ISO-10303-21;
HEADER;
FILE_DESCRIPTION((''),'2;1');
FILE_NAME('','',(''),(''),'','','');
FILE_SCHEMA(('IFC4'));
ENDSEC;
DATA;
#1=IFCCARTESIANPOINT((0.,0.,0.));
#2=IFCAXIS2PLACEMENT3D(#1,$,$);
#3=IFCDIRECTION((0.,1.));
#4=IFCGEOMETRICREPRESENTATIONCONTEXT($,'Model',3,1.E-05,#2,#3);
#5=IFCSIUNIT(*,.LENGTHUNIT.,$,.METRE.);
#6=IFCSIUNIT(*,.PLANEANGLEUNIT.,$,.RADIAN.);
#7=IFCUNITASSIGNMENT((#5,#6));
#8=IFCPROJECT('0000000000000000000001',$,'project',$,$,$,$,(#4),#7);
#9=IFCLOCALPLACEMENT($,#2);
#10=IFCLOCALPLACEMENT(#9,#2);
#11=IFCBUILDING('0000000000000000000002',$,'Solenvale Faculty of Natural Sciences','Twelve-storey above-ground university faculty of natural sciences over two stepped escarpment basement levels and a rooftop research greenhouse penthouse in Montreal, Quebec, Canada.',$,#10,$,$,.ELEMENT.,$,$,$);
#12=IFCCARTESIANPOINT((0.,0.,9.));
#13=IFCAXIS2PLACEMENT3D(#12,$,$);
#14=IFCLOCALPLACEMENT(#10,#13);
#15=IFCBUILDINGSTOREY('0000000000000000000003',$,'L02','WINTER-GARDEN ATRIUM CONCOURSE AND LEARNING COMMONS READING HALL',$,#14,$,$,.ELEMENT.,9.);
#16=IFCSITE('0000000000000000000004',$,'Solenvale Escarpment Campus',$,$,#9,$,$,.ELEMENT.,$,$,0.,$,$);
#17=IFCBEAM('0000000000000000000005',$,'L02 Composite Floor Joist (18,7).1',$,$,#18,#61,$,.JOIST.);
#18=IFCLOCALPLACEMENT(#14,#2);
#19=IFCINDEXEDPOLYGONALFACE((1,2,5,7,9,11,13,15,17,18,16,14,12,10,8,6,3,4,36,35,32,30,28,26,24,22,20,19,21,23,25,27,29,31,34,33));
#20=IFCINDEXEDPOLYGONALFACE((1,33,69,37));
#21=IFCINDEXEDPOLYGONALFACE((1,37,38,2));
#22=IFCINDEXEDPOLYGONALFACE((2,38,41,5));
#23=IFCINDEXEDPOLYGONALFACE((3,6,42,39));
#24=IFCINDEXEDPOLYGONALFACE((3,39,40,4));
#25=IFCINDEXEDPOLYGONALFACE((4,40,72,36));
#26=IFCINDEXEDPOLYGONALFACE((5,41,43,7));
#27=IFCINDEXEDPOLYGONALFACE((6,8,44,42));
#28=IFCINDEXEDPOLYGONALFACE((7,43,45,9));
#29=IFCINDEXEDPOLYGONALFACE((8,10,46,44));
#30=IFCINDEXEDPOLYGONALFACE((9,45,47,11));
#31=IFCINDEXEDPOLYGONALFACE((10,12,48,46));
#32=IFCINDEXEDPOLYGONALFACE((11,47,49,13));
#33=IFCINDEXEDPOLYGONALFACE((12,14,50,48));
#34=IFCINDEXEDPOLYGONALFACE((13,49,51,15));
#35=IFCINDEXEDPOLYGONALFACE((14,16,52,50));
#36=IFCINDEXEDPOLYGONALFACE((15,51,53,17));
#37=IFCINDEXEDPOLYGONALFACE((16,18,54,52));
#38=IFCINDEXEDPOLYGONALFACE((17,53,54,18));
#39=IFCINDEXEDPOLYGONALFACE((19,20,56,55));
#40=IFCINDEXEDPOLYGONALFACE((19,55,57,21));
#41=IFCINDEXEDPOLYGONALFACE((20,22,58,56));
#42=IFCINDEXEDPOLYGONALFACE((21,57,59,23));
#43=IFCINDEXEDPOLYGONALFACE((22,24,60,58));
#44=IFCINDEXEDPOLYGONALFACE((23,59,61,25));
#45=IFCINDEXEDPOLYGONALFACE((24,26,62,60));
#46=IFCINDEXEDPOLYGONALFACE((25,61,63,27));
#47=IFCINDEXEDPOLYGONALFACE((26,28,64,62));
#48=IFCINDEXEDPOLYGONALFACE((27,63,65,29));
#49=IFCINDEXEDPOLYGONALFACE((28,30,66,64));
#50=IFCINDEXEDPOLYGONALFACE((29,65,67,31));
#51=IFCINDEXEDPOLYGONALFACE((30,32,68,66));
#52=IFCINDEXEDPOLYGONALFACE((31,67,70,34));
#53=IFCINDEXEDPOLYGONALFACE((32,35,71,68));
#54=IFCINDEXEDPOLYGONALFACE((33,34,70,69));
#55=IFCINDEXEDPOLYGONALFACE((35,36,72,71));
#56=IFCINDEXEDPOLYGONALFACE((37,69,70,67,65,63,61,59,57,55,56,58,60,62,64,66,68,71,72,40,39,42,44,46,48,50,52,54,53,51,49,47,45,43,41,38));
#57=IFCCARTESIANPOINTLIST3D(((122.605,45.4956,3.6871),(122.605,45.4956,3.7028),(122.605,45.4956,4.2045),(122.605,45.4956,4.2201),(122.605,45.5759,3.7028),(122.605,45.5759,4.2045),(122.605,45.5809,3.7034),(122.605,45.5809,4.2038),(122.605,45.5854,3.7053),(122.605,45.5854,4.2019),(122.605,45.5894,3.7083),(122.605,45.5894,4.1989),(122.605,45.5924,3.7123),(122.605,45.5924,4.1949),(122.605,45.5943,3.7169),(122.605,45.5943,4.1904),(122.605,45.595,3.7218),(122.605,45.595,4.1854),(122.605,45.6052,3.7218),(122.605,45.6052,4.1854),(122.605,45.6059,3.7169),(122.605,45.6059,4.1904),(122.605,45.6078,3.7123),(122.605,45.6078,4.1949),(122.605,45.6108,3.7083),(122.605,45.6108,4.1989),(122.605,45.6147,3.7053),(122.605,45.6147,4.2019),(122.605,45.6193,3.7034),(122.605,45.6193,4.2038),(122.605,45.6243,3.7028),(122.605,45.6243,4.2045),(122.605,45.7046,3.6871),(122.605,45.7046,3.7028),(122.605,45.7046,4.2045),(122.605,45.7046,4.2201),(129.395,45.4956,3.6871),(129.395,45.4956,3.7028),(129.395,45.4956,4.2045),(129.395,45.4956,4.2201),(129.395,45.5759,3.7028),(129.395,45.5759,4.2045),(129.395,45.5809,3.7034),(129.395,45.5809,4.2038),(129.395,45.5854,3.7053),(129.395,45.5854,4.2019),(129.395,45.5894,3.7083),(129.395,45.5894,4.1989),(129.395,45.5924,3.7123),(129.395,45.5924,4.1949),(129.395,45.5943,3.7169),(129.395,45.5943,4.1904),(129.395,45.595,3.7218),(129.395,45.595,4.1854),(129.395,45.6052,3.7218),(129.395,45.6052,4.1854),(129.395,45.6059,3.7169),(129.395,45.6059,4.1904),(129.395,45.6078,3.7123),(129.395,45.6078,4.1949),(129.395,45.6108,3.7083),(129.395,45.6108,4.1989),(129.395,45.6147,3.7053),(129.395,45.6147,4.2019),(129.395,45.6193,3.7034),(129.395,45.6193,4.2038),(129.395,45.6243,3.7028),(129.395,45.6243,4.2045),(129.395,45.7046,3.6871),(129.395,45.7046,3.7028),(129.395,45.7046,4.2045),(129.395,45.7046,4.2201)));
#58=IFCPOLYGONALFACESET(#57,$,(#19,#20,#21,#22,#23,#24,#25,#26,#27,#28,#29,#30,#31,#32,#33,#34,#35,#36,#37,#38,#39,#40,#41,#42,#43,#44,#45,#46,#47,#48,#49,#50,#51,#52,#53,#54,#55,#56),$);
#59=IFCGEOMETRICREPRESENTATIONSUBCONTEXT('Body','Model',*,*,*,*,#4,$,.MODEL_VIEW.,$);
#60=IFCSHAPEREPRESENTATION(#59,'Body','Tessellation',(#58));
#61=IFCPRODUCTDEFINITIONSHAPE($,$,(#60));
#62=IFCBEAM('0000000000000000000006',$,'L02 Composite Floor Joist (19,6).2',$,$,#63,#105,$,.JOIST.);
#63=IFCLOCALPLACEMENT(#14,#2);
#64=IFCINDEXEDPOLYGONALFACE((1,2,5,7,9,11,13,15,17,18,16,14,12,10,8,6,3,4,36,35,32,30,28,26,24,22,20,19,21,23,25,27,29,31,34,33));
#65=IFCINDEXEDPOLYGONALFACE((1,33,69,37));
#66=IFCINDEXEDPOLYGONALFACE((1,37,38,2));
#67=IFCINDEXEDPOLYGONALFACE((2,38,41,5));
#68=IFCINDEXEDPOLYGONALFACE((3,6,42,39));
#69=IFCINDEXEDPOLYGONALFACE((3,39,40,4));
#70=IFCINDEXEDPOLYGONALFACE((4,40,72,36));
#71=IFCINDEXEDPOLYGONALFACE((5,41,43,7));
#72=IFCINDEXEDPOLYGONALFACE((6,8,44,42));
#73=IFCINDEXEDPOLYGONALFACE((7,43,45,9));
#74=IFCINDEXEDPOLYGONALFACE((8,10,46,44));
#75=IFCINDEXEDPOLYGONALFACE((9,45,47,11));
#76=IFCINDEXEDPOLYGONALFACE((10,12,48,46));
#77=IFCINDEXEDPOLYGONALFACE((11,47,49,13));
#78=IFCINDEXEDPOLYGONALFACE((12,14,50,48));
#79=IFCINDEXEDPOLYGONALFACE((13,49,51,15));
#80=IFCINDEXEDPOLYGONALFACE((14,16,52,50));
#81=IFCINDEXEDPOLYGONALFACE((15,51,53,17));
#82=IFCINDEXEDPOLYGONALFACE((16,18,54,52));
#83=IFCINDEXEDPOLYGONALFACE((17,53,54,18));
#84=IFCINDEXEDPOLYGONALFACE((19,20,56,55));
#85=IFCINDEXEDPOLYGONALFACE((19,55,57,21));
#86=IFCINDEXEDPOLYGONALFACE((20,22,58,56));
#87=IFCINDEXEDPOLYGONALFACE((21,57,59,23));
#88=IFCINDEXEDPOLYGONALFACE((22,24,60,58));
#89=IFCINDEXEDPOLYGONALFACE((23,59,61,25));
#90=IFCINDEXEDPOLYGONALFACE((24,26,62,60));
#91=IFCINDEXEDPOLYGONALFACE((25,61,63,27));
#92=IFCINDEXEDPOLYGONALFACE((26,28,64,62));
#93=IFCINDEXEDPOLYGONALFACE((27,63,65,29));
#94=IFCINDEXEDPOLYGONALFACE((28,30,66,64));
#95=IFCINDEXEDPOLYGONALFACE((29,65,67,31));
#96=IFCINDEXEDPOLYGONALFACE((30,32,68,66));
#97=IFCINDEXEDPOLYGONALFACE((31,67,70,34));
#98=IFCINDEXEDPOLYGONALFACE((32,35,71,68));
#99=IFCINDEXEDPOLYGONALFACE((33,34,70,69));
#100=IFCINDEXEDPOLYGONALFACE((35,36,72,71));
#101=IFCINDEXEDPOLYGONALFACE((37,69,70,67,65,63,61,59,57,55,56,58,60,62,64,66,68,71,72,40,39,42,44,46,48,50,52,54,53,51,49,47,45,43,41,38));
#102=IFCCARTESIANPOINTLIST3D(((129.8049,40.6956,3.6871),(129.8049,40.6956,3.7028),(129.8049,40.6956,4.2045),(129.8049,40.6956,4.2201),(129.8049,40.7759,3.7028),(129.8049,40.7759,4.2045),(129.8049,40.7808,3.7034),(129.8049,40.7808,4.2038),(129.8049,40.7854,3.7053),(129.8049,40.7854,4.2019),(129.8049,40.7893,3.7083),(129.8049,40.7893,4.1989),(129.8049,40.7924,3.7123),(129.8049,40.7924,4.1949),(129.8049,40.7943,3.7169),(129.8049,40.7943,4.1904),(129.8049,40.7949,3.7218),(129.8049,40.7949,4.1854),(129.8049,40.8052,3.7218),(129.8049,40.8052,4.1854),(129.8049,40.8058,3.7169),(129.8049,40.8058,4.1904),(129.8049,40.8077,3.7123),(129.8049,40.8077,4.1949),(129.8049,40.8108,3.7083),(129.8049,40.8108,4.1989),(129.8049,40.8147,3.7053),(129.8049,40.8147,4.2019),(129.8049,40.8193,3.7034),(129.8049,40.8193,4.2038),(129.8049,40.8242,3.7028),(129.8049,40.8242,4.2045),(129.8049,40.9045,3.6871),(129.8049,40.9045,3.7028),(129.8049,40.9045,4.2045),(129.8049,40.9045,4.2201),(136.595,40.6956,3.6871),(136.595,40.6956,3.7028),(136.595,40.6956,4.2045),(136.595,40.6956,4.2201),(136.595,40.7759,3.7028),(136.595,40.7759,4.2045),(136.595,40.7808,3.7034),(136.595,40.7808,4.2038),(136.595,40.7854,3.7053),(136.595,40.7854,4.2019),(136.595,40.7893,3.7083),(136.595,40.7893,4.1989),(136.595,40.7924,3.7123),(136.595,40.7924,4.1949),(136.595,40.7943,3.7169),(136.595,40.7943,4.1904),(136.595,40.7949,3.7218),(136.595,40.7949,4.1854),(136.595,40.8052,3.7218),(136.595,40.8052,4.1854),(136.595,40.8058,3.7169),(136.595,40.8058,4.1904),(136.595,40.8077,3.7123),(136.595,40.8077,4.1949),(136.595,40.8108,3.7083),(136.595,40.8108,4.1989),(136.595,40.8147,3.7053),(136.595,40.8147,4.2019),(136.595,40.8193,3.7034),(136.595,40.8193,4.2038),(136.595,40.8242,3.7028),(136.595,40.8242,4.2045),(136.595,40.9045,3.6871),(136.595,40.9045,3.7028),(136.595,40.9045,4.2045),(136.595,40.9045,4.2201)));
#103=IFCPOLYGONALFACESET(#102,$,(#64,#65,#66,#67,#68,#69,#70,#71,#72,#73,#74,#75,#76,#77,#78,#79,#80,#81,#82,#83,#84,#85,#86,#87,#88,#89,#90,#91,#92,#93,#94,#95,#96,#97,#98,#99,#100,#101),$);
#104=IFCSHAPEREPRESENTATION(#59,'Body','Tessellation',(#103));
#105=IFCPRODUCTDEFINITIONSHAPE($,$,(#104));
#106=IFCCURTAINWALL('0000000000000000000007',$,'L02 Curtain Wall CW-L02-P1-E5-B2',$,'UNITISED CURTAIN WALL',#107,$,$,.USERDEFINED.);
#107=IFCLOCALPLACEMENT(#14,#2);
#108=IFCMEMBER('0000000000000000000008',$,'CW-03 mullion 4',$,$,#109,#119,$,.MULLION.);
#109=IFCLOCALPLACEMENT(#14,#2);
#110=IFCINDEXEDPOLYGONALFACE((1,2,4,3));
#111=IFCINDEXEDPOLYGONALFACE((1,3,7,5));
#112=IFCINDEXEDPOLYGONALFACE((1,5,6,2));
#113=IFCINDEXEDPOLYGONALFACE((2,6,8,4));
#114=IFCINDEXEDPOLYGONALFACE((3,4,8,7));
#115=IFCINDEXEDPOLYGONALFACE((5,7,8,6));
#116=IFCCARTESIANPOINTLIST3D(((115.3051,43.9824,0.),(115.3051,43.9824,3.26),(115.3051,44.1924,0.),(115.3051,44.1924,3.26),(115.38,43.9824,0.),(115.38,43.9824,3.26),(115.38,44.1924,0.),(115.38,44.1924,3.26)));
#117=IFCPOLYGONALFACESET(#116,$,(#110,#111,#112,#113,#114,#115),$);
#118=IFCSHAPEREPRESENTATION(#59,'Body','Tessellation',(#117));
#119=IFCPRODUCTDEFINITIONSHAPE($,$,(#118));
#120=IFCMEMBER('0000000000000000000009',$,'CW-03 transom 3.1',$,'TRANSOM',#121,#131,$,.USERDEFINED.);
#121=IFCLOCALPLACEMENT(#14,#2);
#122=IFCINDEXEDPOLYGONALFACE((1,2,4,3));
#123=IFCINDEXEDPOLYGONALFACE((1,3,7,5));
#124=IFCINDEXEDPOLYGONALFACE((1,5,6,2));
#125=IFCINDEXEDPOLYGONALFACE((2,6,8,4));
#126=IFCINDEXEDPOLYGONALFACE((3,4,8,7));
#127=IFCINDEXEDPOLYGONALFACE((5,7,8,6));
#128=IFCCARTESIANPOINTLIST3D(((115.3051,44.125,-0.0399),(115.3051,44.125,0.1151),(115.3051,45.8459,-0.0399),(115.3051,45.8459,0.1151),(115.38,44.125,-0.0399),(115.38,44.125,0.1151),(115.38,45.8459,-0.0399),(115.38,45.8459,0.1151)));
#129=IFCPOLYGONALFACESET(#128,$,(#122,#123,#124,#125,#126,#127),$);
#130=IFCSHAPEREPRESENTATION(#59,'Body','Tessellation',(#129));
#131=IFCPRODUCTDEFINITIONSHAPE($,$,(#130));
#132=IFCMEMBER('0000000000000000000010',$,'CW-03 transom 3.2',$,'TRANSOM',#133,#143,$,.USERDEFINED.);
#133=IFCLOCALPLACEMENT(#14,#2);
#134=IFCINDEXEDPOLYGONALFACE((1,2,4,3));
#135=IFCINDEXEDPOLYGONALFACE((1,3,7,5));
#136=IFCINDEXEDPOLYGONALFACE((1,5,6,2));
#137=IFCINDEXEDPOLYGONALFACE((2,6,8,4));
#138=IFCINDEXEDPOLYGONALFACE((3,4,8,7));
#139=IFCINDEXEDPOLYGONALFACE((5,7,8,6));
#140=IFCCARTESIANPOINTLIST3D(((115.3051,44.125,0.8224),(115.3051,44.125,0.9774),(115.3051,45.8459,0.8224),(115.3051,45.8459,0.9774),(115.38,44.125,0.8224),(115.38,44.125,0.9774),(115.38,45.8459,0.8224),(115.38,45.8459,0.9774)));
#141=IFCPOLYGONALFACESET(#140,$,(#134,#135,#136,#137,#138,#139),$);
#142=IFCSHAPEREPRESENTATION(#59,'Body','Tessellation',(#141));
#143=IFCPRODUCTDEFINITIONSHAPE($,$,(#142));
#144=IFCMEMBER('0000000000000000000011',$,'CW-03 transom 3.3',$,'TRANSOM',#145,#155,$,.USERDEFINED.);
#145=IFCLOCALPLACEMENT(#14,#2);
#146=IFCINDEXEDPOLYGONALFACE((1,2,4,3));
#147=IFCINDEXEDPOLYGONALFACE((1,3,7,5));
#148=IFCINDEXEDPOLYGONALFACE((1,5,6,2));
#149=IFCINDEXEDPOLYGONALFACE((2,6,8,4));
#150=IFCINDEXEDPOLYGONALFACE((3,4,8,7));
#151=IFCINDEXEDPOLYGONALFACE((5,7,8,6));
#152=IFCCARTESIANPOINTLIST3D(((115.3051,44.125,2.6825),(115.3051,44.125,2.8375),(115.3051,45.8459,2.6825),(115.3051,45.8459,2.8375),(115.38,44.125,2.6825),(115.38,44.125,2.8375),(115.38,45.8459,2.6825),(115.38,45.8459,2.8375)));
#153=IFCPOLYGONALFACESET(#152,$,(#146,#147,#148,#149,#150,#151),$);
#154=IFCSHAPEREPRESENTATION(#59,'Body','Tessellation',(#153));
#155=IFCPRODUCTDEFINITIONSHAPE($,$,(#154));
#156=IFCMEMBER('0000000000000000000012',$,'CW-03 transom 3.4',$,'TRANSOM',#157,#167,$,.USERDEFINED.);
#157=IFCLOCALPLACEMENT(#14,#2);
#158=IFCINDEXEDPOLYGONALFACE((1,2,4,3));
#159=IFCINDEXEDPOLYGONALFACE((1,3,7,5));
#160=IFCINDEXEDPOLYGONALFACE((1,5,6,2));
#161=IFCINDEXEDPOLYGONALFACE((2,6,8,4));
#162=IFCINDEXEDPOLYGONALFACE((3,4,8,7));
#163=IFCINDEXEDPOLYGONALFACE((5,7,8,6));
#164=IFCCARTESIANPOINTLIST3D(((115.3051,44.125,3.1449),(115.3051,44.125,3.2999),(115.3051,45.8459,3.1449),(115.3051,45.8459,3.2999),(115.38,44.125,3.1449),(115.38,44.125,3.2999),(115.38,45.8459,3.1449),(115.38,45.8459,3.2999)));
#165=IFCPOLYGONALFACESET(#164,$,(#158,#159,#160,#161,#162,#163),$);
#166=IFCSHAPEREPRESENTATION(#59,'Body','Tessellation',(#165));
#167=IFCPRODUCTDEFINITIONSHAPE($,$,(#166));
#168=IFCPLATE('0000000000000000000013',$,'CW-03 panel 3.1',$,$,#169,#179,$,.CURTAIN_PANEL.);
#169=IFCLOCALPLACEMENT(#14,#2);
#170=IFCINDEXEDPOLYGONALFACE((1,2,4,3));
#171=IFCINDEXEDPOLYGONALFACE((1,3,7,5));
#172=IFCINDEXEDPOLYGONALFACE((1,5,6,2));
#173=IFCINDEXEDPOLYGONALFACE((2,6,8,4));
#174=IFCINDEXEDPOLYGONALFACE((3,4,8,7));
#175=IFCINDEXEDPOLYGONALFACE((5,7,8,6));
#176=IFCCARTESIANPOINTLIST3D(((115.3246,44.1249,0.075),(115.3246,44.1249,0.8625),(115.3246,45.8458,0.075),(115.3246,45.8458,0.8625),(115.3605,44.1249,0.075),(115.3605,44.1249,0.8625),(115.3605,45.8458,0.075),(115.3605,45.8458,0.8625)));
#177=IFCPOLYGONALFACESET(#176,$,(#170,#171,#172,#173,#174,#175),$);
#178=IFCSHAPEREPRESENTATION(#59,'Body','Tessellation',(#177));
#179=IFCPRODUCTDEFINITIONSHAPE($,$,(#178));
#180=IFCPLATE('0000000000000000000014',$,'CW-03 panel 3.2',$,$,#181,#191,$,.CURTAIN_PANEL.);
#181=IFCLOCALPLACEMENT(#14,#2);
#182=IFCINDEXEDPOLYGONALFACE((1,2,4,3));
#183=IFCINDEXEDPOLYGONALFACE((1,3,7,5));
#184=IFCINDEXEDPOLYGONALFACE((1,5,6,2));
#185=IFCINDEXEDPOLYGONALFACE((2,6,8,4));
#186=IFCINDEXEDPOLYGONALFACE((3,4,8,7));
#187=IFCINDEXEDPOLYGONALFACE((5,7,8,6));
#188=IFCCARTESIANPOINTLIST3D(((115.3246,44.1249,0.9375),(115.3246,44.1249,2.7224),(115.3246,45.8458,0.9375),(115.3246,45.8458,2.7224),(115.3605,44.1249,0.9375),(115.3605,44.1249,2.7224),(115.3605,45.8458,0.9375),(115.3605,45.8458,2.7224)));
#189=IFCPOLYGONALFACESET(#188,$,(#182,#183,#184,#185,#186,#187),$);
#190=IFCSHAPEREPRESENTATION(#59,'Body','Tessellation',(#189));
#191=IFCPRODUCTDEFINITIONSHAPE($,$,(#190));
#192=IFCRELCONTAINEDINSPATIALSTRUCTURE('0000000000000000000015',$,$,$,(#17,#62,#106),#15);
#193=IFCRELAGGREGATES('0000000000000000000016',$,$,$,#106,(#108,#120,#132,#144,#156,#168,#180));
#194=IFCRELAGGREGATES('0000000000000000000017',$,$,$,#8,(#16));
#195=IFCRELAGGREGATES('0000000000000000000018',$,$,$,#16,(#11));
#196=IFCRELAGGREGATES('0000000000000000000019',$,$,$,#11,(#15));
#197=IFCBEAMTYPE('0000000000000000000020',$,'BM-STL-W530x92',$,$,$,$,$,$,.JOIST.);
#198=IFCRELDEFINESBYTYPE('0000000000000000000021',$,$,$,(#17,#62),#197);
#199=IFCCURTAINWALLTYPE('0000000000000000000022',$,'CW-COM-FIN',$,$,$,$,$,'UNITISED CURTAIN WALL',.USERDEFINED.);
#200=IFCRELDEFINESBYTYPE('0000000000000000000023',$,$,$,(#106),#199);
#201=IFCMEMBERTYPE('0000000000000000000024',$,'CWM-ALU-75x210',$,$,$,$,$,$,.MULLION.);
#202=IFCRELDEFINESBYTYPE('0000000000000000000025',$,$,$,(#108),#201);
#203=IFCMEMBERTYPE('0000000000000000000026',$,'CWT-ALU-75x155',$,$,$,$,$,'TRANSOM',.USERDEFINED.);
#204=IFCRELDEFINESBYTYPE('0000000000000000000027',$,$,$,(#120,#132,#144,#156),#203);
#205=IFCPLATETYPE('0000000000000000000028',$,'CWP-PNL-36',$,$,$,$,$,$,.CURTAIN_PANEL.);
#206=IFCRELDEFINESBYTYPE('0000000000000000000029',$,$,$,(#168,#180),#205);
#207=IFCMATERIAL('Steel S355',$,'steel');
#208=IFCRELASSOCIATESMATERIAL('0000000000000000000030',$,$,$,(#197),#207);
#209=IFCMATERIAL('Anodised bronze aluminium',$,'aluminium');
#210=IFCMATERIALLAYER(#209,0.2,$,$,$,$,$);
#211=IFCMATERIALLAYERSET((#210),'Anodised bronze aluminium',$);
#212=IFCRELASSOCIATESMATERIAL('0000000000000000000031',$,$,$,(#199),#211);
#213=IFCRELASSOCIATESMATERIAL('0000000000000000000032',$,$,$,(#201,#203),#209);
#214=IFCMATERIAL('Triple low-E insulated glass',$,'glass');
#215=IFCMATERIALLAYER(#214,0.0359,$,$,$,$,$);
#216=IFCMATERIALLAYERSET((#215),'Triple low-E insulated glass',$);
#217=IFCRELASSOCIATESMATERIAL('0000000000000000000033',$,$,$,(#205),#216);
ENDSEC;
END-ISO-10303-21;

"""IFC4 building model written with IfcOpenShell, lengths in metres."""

from ifc_helpers import new_model, si_unit, direction, frame, origin, origin_2d, place, context, subcontext, project, spatial, rectangle, i_section, extrude, material, layer, layer_set, material_profile, profile_set, type_object, element, aggregate, save


model = new_model("IFC4")

# Units and contexts
model_context = context("Model", 3, precision=1e-05, world=origin(), true_north=direction((0.0, 1.0)))
body_context = subcontext(model_context, "Body", "Model", "MODEL_VIEW")
ifc_project = project(units=[si_unit("LENGTHUNIT", "METRE"), si_unit("PLANEANGLEUNIT", "RADIAN")], contexts=[model_context])

# Site, building, storey
site_placement = place(None, origin())
site = spatial("IfcSite", under=ifc_project, at=site_placement, Name="Solenvale Escarpment Campus", CompositionType="ELEMENT", RefElevation=0.0)
building_placement = place(site_placement, origin())
building = spatial("IfcBuilding", under=site, at=building_placement, Name="Solenvale Faculty of Natural Sciences", Description="Twelve-storey above-ground university faculty of natural sciences over two stepped escarpment basement levels and a rooftop research greenhouse penthouse in Montreal, Quebec, Canada.", CompositionType="ELEMENT")
storey_placement = place(building_placement, frame((0.0, 0.0, 9.0)))
storey = spatial("IfcBuildingStorey", under=building, at=storey_placement, Name="L02", Description="WINTER-GARDEN ATRIUM CONCOURSE AND LEARNING COMMONS READING HALL", CompositionType="ELEMENT", Elevation=9.0)

# Beams
ifc_material_1 = material(Name="Steel S355", Category="steel")
ifc_material_profile_1 = material_profile(ifc_material_1, i_section(OverallWidth=0.209, OverallDepth=0.533, WebThickness=0.0103, FlangeThickness=0.0156, FilletRadius=0.019, at=origin_2d()), Name="W530x92")
ifc_profile_set_1 = profile_set([ifc_material_profile_1], Name="Steel S355")
beam_type_1 = type_object("IfcBeamType", Name="BM-STL-W530x92", PredefinedType="JOIST", material=ifc_profile_set_1)
for number, where, z_axis, x_axis, name in (
    (1, (122.605, 45.6001, 3.9536), (1.0, 0.0, 0.0), (0.0, 1.0, 0.0), "L02 Composite Floor Joist (18,7).1"),
    (2, (129.8049, 40.8, 3.9536), (1.0, 0.0, 0.0), (0.0, 1.0, 0.0), "L02 Composite Floor Joist (19,6).2"),
):
    element("IfcBeam", number, at=place(storey_placement, frame(where, z_axis=z_axis, x_axis=x_axis)), inside=storey, type_object=beam_type_1, Name=name, PredefinedType="JOIST", context=body_context, shape_type="SweptSolid", body=[
        extrude(i_section(OverallWidth=0.209, OverallDepth=0.533, WebThickness=0.0103, FlangeThickness=0.0156, FilletRadius=0.019, at=origin_2d()), origin(), (0.0, 0.0, 1.0), 6.79),
    ])

# Curtain wall, members, plates
ifc_material_2 = material(Name="Anodised bronze aluminium", Category="aluminium")
ifc_layer_1 = layer(ifc_material_2, 0.2)
ifc_layer_set_1 = layer_set([ifc_layer_1], Name="Anodised bronze aluminium")
curtain_wall_type = type_object("IfcCurtainWallType", Name="CW-COM-FIN", ElementType="UNITISED CURTAIN WALL", PredefinedType="USERDEFINED", material=ifc_layer_set_1)
curtain_wall_placement = place(storey_placement, origin())
curtain_wall = element("IfcCurtainWall", 3, at=curtain_wall_placement, inside=storey, type_object=curtain_wall_type, Name="L02 Curtain Wall CW-L02-P1-E5-B2", ObjectType="UNITISED CURTAIN WALL", PredefinedType="USERDEFINED")
ifc_material_profile_2 = material_profile(ifc_material_2, rectangle(XDim=0.075, YDim=0.21, at=origin_2d()), Name="ALU-MUL-75x210")
ifc_profile_set_2 = profile_set([ifc_material_profile_2], Name="Anodised bronze aluminium")
member_type_1 = type_object("IfcMemberType", Name="CWM-ALU-75x210", PredefinedType="MULLION", material=ifc_profile_set_2)
member_1_placement = place(storey_placement, frame((115.3425, 44.0874, 0.0), z_axis=(0.0, 0.0, 1.0), x_axis=(1.0, 0.0, 0.0)))
member_1 = element("IfcMember", 4, at=member_1_placement, type_object=member_type_1, Name="CW-03 mullion 4", PredefinedType="MULLION", context=body_context, shape_type="SweptSolid", body=[
    extrude(rectangle(XDim=0.075, YDim=0.21, at=origin_2d()), origin(), (0.0, 0.0, 1.0), 3.26),
])
ifc_material_profile_3 = material_profile(ifc_material_2, rectangle(XDim=0.075, YDim=0.155, at=origin_2d()), Name="ALU-TRN-75x155")
ifc_profile_set_3 = profile_set([ifc_material_profile_3], Name="Anodised bronze aluminium")
member_type_2 = type_object("IfcMemberType", Name="CWT-ALU-75x155", ElementType="TRANSOM", PredefinedType="USERDEFINED", material=ifc_profile_set_3)
member_2_placement = place(storey_placement, frame((115.3425, 45.8459, 0.0376), z_axis=(0.0, -1.0, 0.0), x_axis=(1.0, 0.0, 0.0)))
member_2 = element("IfcMember", 5, at=member_2_placement, type_object=member_type_2, Name="CW-03 transom 3.1", ObjectType="TRANSOM", PredefinedType="USERDEFINED", context=body_context, shape_type="SweptSolid", body=[
    extrude(rectangle(XDim=0.075, YDim=0.155, at=origin_2d()), origin(), (0.0, 0.0, 1.0), 1.7209),
])
member_3_placement = place(storey_placement, frame((115.3425, 45.8459, 0.8999), z_axis=(0.0, -1.0, 0.0), x_axis=(1.0, 0.0, 0.0)))
member_3 = element("IfcMember", 6, at=member_3_placement, type_object=member_type_2, Name="CW-03 transom 3.2", ObjectType="TRANSOM", PredefinedType="USERDEFINED", context=body_context, shape_type="SweptSolid", body=[
    extrude(rectangle(XDim=0.075, YDim=0.155, at=origin_2d()), origin(), (0.0, 0.0, 1.0), 1.7209),
])
member_4_placement = place(storey_placement, frame((115.3425, 45.8459, 2.76), z_axis=(0.0, -1.0, 0.0), x_axis=(1.0, 0.0, 0.0)))
member_4 = element("IfcMember", 7, at=member_4_placement, type_object=member_type_2, Name="CW-03 transom 3.3", ObjectType="TRANSOM", PredefinedType="USERDEFINED", context=body_context, shape_type="SweptSolid", body=[
    extrude(rectangle(XDim=0.075, YDim=0.155, at=origin_2d()), origin(), (0.0, 0.0, 1.0), 1.7209),
])
member_5_placement = place(storey_placement, frame((115.3425, 45.8459, 3.2224), z_axis=(0.0, -1.0, 0.0), x_axis=(1.0, 0.0, 0.0)))
member_5 = element("IfcMember", 8, at=member_5_placement, type_object=member_type_2, Name="CW-03 transom 3.4", ObjectType="TRANSOM", PredefinedType="USERDEFINED", context=body_context, shape_type="SweptSolid", body=[
    extrude(rectangle(XDim=0.075, YDim=0.155, at=origin_2d()), origin(), (0.0, 0.0, 1.0), 1.7209),
])
ifc_material_3 = material(Name="Triple low-E insulated glass", Category="glass")
ifc_layer_2 = layer(ifc_material_3, 0.0359)
ifc_layer_set_2 = layer_set([ifc_layer_2], Name="Triple low-E insulated glass")
plate_type = type_object("IfcPlateType", Name="CWP-PNL-36", PredefinedType="CURTAIN_PANEL", material=ifc_layer_set_2)
plate_1_placement = place(storey_placement, frame((115.3425, 44.9854, 0.075), z_axis=(0.0, 0.0, 1.0), x_axis=(0.0, -1.0, 0.0)))
plate_1 = element("IfcPlate", 9, at=plate_1_placement, type_object=plate_type, Name="CW-03 panel 3.1", PredefinedType="CURTAIN_PANEL", context=body_context, shape_type="SweptSolid", body=[
    extrude(rectangle(XDim=1.7209, YDim=0.0359, at=origin_2d()), origin(), (0.0, 0.0, 1.0), 0.7876),
])
plate_2_placement = place(storey_placement, frame((115.3425, 44.9854, 0.9375), z_axis=(0.0, 0.0, 1.0), x_axis=(0.0, -1.0, 0.0)))
plate_2 = element("IfcPlate", 10, at=plate_2_placement, type_object=plate_type, Name="CW-03 panel 3.2", PredefinedType="CURTAIN_PANEL", context=body_context, shape_type="SweptSolid", body=[
    extrude(rectangle(XDim=1.7209, YDim=0.0359, at=origin_2d()), origin(), (0.0, 0.0, 1.0), 1.7849),
])
aggregate(curtain_wall, [member_1, member_2, member_3, member_4, member_5, plate_1, plate_2])

save(model, "model.ifc")
